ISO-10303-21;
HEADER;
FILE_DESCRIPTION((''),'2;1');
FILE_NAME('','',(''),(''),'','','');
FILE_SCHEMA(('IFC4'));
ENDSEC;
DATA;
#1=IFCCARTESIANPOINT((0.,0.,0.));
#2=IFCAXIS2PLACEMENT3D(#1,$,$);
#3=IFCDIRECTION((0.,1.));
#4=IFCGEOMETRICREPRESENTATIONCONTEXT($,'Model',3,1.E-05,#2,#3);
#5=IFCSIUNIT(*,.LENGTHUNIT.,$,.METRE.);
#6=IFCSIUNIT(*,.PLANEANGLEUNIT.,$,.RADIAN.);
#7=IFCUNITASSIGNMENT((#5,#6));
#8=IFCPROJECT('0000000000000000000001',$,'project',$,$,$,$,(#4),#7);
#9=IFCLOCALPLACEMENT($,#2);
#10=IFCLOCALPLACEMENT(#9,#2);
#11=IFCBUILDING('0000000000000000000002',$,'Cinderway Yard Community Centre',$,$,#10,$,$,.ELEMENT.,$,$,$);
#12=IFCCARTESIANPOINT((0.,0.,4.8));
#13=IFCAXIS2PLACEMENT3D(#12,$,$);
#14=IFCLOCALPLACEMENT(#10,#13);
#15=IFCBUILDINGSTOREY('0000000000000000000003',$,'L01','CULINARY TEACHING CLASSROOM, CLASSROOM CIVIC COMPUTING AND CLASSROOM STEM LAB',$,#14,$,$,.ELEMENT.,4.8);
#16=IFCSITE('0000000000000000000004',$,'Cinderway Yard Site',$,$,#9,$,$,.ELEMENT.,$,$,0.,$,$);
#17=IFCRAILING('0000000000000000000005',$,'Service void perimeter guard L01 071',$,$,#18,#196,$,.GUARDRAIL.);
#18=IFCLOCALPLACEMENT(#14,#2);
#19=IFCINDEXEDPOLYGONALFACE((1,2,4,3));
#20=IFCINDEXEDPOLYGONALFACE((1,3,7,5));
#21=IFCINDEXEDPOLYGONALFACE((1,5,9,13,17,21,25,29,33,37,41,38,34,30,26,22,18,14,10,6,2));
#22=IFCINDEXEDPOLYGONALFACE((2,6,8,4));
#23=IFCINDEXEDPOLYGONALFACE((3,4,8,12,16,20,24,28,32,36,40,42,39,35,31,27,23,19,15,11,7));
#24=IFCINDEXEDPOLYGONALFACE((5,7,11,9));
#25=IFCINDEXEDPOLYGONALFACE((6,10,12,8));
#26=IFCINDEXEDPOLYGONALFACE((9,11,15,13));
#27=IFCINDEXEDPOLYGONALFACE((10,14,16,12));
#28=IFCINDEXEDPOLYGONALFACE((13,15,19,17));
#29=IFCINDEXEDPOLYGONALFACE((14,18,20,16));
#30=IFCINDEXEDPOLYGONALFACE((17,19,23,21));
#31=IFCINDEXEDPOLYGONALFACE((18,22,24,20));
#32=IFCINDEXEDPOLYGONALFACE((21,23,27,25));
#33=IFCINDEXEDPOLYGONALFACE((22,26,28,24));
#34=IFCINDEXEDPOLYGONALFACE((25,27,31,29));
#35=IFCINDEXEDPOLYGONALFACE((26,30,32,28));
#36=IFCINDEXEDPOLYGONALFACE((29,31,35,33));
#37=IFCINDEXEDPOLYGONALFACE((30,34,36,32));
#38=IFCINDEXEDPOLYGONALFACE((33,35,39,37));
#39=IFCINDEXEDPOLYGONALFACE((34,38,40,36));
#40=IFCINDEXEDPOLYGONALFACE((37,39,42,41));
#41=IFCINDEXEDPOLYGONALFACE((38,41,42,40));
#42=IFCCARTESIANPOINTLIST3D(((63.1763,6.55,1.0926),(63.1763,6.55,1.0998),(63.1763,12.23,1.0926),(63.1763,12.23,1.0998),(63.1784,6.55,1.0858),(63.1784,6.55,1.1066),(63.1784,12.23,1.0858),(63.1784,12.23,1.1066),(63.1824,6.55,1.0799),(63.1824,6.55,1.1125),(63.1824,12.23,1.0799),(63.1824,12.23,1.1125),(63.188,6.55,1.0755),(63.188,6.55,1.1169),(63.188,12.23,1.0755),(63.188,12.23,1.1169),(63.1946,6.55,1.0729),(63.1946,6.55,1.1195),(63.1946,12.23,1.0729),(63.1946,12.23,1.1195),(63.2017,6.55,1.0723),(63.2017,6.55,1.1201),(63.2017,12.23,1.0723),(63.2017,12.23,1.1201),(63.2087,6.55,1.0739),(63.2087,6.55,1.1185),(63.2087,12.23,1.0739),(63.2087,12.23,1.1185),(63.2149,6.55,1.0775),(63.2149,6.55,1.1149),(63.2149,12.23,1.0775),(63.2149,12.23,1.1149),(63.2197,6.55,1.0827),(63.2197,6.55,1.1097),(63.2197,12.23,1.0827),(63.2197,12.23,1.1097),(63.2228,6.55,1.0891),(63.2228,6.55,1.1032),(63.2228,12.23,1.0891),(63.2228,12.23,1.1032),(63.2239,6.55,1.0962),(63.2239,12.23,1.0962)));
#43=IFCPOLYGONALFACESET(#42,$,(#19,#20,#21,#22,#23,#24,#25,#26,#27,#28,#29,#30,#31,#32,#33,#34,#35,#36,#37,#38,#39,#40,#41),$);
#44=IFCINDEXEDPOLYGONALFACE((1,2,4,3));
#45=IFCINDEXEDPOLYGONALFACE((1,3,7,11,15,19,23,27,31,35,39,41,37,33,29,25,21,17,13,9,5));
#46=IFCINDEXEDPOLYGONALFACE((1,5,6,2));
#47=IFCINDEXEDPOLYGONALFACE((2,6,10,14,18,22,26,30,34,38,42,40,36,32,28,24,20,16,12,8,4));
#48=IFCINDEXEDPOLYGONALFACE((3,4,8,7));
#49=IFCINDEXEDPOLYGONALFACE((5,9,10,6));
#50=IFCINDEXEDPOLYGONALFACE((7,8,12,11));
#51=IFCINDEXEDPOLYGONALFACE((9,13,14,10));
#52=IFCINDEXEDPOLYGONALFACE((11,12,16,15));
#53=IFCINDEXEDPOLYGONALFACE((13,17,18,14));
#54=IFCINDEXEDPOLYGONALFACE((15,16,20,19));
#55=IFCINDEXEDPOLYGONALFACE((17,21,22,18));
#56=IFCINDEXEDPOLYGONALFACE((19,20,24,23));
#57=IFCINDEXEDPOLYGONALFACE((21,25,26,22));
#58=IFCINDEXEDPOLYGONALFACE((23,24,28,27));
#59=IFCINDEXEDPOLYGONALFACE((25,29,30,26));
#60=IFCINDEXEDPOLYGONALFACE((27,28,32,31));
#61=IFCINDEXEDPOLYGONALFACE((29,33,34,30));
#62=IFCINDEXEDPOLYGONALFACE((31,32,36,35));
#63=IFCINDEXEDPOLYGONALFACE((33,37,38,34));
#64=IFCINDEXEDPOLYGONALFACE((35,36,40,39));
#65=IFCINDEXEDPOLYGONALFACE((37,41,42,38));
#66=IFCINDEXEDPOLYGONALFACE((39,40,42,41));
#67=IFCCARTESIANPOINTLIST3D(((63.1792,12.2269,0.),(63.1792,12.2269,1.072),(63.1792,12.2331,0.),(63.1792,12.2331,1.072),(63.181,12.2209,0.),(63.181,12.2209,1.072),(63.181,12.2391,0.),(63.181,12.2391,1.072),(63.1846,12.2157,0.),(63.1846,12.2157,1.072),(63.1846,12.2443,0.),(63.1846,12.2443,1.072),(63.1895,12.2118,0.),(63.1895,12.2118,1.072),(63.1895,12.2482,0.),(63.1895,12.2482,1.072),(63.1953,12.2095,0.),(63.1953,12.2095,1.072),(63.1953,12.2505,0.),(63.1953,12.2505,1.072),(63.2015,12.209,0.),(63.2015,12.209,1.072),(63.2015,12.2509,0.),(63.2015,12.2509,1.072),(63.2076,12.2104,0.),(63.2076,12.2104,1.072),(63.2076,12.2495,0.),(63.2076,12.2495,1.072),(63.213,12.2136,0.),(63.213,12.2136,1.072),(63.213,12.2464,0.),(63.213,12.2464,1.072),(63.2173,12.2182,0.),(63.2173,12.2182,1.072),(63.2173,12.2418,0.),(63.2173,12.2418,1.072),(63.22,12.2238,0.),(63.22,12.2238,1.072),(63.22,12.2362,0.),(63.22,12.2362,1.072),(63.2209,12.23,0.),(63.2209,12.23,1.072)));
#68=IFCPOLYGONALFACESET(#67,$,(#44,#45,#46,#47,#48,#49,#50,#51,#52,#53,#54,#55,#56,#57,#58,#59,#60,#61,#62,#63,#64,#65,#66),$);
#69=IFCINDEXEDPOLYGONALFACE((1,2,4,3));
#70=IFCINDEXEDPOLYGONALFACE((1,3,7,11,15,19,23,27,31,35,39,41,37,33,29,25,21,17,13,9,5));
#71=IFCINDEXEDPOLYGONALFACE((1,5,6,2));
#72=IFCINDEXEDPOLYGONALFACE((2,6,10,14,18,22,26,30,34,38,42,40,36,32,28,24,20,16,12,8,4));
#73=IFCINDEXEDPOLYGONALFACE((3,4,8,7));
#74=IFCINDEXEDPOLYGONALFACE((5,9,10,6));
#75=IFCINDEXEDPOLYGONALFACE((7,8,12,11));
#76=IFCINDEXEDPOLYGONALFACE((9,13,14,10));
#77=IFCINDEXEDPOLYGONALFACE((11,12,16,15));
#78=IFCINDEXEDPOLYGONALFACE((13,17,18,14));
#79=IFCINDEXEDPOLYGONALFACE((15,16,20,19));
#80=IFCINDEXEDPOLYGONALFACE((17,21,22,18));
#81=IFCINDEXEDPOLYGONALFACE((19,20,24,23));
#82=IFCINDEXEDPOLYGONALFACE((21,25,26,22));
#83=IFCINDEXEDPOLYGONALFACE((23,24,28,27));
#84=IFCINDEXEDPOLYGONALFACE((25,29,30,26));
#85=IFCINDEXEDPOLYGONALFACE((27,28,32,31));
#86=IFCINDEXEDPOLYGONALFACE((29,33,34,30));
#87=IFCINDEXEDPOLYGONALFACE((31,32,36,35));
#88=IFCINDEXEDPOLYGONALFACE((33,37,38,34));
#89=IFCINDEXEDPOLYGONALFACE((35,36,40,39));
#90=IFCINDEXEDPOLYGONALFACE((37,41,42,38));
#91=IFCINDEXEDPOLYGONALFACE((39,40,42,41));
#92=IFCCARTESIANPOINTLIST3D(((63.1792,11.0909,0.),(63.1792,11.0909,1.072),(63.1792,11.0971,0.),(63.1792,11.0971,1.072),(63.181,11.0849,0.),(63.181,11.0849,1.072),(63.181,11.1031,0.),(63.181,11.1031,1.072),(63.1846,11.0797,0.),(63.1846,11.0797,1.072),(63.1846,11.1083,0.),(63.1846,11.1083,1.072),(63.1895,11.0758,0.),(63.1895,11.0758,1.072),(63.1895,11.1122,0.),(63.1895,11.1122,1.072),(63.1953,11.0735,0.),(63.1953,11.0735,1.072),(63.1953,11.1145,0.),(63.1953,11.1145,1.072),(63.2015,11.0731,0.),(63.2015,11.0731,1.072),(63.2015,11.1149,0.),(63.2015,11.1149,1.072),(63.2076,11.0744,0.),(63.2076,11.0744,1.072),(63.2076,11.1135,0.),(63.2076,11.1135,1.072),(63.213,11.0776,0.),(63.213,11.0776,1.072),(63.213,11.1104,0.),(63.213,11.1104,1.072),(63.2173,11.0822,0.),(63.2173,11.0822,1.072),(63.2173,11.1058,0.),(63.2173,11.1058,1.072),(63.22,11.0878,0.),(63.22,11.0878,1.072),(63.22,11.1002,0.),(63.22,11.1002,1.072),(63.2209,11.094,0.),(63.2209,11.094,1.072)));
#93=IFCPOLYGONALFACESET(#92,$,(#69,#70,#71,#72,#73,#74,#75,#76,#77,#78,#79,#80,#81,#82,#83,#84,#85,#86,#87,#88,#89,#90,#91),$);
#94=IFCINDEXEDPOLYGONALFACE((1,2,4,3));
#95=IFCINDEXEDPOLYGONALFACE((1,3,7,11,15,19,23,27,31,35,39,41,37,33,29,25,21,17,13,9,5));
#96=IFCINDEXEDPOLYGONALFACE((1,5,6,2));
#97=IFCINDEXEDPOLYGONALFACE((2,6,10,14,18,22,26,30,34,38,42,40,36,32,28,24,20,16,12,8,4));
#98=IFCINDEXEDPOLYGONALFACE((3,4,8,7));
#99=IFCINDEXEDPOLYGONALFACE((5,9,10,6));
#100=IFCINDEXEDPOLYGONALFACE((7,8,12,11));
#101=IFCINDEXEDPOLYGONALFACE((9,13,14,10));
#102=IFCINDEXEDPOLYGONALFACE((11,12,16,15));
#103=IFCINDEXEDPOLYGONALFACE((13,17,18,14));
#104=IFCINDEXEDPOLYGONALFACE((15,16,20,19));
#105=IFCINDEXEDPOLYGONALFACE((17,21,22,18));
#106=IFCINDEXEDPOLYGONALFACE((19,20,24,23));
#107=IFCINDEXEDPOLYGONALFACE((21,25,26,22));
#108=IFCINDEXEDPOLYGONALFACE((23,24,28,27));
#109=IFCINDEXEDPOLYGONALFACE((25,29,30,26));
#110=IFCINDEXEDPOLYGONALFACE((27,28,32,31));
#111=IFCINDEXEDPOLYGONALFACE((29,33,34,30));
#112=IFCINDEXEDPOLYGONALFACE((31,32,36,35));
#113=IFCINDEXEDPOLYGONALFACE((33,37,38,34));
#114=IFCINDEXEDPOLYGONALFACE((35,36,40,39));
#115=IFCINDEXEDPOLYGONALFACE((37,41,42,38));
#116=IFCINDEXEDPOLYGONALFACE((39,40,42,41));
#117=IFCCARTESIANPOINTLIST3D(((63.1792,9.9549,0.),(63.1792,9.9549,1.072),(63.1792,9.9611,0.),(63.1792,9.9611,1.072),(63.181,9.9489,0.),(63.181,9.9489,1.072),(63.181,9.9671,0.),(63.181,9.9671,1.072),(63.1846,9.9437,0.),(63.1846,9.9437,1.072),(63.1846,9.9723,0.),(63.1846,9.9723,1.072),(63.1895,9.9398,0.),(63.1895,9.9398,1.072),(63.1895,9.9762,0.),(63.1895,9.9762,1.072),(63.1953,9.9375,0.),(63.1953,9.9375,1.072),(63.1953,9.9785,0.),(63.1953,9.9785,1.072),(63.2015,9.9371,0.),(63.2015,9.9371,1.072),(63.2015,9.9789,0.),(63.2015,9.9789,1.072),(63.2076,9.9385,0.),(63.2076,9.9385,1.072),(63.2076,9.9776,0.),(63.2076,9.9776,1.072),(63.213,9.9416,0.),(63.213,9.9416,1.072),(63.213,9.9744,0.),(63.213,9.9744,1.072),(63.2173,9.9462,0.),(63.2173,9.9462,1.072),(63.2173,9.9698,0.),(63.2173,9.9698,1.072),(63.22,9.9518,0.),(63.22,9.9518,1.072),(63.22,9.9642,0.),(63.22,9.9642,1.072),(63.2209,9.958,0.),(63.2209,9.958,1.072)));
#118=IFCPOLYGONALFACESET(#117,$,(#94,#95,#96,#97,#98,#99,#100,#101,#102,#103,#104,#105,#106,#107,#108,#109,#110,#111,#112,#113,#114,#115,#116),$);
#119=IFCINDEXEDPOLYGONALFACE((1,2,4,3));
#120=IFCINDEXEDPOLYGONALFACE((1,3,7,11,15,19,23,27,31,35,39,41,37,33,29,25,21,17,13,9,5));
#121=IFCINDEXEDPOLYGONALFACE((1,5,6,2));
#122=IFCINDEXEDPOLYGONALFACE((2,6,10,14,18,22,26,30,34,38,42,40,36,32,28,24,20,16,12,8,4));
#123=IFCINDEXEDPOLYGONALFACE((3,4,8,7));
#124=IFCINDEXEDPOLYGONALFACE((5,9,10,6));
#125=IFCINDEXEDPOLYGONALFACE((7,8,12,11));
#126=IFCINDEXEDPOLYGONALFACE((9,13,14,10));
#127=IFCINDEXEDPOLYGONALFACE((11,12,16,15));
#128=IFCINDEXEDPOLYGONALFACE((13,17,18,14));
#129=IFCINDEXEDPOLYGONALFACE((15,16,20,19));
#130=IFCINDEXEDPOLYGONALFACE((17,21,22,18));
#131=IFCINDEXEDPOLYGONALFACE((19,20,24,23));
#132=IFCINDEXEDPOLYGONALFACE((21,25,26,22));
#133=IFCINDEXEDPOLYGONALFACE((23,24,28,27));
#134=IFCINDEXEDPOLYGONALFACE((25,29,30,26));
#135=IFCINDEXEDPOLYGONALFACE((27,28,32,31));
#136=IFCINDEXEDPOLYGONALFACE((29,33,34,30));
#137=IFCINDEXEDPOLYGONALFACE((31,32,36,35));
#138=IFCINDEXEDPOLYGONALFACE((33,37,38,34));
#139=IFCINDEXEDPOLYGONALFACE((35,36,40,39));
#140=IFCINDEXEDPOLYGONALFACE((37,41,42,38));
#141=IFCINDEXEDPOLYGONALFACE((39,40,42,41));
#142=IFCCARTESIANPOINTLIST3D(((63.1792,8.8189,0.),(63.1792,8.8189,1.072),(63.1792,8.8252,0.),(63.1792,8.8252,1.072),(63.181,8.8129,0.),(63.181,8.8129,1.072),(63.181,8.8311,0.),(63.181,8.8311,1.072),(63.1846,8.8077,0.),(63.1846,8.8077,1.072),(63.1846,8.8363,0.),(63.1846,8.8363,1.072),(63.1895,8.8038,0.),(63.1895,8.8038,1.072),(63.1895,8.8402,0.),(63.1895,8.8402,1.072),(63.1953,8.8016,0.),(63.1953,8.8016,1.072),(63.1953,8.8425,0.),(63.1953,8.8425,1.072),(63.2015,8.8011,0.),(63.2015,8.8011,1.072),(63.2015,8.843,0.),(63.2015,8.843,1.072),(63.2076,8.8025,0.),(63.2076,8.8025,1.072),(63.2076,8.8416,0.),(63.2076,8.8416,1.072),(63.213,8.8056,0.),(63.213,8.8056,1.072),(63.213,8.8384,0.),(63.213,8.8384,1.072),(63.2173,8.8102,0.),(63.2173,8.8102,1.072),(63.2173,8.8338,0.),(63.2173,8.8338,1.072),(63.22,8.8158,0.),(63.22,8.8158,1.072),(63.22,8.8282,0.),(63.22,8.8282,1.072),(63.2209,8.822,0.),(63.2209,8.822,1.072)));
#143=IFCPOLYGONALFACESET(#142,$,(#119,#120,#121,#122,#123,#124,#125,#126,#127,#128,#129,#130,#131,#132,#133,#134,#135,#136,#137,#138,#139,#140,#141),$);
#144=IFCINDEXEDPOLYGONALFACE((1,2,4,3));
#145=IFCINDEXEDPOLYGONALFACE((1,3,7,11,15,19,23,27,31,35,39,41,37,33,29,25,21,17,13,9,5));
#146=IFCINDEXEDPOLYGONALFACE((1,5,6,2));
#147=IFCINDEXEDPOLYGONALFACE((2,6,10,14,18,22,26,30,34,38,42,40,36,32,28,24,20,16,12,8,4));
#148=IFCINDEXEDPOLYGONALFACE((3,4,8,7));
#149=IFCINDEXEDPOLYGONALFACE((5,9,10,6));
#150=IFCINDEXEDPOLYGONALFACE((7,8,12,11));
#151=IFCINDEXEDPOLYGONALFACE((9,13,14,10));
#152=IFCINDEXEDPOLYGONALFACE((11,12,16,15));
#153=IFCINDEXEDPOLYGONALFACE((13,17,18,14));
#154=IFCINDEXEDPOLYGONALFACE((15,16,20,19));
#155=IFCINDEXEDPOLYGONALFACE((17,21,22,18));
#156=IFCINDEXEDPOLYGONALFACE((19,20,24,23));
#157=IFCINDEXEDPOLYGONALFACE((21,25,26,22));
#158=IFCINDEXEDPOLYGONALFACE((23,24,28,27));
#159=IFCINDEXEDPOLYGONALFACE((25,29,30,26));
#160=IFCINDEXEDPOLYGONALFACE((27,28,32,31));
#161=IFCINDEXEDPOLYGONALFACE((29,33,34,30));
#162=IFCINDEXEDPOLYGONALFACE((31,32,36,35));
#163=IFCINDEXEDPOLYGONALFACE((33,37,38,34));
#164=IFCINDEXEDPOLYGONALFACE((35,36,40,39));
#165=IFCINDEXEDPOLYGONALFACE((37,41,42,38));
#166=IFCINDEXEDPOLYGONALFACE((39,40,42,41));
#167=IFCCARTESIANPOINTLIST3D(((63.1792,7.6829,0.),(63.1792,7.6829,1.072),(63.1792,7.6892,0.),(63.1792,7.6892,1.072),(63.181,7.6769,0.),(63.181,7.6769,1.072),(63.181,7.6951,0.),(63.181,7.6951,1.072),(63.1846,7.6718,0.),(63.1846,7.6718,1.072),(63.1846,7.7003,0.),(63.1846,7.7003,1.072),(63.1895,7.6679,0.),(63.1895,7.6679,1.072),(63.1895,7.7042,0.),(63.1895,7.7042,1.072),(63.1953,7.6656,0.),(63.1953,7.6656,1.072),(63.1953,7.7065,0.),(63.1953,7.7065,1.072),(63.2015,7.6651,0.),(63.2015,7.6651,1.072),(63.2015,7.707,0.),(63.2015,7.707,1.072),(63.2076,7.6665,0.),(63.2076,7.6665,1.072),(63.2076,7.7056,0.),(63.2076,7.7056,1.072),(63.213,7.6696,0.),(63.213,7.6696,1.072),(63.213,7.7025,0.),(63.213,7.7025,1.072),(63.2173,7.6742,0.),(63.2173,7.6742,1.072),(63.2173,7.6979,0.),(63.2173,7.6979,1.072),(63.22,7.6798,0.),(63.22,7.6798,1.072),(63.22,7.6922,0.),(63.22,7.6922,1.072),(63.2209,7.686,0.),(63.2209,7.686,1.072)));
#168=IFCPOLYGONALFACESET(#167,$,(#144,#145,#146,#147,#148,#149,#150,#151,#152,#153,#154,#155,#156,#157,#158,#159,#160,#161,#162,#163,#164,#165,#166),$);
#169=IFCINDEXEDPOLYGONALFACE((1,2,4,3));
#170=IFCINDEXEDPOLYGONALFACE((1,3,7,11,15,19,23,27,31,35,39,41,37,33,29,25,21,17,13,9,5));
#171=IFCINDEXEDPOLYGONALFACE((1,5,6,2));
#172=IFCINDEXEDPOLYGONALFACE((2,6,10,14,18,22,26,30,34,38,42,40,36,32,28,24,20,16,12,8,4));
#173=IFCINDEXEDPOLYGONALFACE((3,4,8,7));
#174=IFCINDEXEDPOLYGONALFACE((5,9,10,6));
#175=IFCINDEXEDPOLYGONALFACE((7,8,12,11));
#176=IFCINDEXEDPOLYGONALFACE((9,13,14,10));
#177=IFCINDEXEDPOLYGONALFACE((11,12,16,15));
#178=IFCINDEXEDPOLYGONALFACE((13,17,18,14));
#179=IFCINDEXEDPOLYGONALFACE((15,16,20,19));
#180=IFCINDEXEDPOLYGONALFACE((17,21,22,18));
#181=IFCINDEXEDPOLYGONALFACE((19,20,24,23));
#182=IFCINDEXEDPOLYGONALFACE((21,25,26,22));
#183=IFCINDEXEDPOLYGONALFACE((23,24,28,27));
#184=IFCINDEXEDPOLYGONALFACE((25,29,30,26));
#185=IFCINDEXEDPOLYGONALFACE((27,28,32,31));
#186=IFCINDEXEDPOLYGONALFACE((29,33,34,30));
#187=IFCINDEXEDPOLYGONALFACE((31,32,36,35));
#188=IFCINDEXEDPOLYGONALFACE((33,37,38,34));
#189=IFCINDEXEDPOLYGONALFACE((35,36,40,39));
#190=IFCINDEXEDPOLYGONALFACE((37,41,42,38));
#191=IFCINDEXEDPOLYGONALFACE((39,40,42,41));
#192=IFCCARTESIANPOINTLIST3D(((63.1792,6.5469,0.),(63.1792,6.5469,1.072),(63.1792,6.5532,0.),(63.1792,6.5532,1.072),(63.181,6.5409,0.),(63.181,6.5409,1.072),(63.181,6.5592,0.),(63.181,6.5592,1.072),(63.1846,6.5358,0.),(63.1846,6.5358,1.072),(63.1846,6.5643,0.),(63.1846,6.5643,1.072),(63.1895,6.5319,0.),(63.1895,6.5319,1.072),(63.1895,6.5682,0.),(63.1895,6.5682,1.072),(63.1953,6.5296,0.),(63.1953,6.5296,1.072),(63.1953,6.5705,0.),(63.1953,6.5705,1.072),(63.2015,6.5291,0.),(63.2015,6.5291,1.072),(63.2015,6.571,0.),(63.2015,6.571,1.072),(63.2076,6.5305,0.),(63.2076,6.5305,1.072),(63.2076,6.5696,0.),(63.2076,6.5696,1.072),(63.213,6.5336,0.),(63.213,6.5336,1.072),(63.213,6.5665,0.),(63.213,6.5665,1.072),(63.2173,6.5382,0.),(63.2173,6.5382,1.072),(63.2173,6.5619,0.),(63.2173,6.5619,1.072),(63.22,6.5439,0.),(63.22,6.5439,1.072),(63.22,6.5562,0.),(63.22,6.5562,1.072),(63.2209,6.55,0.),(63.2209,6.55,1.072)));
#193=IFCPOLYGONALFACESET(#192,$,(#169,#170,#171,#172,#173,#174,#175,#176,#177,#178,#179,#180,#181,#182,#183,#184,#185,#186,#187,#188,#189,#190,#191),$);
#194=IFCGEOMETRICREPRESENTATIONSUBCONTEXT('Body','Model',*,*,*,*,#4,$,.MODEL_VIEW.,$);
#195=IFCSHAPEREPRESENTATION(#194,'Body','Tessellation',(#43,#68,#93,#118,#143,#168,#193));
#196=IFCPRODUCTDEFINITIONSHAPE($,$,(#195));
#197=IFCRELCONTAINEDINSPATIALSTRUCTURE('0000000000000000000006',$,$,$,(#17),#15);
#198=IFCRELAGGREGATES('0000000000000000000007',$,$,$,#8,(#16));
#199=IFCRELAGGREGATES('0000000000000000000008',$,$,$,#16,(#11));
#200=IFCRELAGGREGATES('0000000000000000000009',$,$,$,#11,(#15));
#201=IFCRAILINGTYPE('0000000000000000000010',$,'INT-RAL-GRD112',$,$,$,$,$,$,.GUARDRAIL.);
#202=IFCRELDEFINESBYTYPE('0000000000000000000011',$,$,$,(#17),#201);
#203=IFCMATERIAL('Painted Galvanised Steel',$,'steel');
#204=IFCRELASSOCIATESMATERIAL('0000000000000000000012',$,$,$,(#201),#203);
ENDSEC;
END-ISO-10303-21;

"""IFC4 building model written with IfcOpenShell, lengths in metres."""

from ifc_helpers import new_model, si_unit, direction, frame, origin, origin_2d, place, context, subcontext, project, spatial, circle, extrude, material, type_object, element, save


model = new_model("IFC4")

# Units and contexts
model_context = context("Model", 3, precision=1e-05, world=origin(), true_north=direction((0.0, 1.0)))
body_context = subcontext(model_context, "Body", "Model", "MODEL_VIEW")
ifc_project = project(units=[si_unit("LENGTHUNIT", "METRE"), si_unit("PLANEANGLEUNIT", "RADIAN")], contexts=[model_context])

# Site, building, storey
site_placement = place(None, origin())
site = spatial("IfcSite", under=ifc_project, at=site_placement, Name="Cinderway Yard Site", CompositionType="ELEMENT", RefElevation=0.0)
building_placement = place(site_placement, origin())
building = spatial("IfcBuilding", under=site, at=building_placement, Name="Cinderway Yard Community Centre", CompositionType="ELEMENT")
storey_placement = place(building_placement, frame((0.0, 0.0, 4.8)))
storey = spatial("IfcBuildingStorey", under=building, at=storey_placement, Name="L01", Description="CULINARY TEACHING CLASSROOM, CLASSROOM CIVIC COMPUTING AND CLASSROOM STEM LAB", CompositionType="ELEMENT", Elevation=4.8)

# Shared definitions
ifc_material_1 = material(Name="Painted Galvanised Steel", Category="steel")

# Railing
railing_type_1 = type_object("IfcRailingType", Name="INT-RAL-GRD112", PredefinedType="GUARDRAIL", material=ifc_material_1)
railing_1_placement = place(storey_placement, frame((63.2, 12.23, 0.0)))
element("IfcRailing", 1, at=railing_1_placement, inside=storey, type_object=railing_type_1, Name="Service void perimeter guard L01 071", PredefinedType="GUARDRAIL", context=body_context, shape_type="SweptSolid", body=[
    extrude(circle(Radius=0.0239, at=origin_2d()), frame((0.0, 0.0, 1.0962), z_axis=(0.0, -1.0, 0.0), x_axis=(1.0, 0.0, 0.0)), (0.0, 0.0, 1.0), 5.6799),
    extrude(circle(Radius=0.021, at=origin_2d()), origin(), (0.0, 0.0, 1.0), 1.072),
    extrude(circle(Radius=0.021, at=origin_2d()), frame((0.0, -1.136, 0.0)), (0.0, 0.0, 1.0), 1.072),
    extrude(circle(Radius=0.021, at=origin_2d()), frame((0.0, -2.272, 0.0)), (0.0, 0.0, 1.0), 1.072),
    extrude(circle(Radius=0.021, at=origin_2d()), frame((0.0, -3.408, 0.0)), (0.0, 0.0, 1.0), 1.072),
    extrude(circle(Radius=0.021, at=origin_2d()), frame((0.0, -4.5439, 0.0)), (0.0, 0.0, 1.0), 1.072),
    extrude(circle(Radius=0.021, at=origin_2d()), frame((0.0, -5.6799, 0.0)), (0.0, 0.0, 1.0), 1.072),
])

save(model, "model.ifc")
